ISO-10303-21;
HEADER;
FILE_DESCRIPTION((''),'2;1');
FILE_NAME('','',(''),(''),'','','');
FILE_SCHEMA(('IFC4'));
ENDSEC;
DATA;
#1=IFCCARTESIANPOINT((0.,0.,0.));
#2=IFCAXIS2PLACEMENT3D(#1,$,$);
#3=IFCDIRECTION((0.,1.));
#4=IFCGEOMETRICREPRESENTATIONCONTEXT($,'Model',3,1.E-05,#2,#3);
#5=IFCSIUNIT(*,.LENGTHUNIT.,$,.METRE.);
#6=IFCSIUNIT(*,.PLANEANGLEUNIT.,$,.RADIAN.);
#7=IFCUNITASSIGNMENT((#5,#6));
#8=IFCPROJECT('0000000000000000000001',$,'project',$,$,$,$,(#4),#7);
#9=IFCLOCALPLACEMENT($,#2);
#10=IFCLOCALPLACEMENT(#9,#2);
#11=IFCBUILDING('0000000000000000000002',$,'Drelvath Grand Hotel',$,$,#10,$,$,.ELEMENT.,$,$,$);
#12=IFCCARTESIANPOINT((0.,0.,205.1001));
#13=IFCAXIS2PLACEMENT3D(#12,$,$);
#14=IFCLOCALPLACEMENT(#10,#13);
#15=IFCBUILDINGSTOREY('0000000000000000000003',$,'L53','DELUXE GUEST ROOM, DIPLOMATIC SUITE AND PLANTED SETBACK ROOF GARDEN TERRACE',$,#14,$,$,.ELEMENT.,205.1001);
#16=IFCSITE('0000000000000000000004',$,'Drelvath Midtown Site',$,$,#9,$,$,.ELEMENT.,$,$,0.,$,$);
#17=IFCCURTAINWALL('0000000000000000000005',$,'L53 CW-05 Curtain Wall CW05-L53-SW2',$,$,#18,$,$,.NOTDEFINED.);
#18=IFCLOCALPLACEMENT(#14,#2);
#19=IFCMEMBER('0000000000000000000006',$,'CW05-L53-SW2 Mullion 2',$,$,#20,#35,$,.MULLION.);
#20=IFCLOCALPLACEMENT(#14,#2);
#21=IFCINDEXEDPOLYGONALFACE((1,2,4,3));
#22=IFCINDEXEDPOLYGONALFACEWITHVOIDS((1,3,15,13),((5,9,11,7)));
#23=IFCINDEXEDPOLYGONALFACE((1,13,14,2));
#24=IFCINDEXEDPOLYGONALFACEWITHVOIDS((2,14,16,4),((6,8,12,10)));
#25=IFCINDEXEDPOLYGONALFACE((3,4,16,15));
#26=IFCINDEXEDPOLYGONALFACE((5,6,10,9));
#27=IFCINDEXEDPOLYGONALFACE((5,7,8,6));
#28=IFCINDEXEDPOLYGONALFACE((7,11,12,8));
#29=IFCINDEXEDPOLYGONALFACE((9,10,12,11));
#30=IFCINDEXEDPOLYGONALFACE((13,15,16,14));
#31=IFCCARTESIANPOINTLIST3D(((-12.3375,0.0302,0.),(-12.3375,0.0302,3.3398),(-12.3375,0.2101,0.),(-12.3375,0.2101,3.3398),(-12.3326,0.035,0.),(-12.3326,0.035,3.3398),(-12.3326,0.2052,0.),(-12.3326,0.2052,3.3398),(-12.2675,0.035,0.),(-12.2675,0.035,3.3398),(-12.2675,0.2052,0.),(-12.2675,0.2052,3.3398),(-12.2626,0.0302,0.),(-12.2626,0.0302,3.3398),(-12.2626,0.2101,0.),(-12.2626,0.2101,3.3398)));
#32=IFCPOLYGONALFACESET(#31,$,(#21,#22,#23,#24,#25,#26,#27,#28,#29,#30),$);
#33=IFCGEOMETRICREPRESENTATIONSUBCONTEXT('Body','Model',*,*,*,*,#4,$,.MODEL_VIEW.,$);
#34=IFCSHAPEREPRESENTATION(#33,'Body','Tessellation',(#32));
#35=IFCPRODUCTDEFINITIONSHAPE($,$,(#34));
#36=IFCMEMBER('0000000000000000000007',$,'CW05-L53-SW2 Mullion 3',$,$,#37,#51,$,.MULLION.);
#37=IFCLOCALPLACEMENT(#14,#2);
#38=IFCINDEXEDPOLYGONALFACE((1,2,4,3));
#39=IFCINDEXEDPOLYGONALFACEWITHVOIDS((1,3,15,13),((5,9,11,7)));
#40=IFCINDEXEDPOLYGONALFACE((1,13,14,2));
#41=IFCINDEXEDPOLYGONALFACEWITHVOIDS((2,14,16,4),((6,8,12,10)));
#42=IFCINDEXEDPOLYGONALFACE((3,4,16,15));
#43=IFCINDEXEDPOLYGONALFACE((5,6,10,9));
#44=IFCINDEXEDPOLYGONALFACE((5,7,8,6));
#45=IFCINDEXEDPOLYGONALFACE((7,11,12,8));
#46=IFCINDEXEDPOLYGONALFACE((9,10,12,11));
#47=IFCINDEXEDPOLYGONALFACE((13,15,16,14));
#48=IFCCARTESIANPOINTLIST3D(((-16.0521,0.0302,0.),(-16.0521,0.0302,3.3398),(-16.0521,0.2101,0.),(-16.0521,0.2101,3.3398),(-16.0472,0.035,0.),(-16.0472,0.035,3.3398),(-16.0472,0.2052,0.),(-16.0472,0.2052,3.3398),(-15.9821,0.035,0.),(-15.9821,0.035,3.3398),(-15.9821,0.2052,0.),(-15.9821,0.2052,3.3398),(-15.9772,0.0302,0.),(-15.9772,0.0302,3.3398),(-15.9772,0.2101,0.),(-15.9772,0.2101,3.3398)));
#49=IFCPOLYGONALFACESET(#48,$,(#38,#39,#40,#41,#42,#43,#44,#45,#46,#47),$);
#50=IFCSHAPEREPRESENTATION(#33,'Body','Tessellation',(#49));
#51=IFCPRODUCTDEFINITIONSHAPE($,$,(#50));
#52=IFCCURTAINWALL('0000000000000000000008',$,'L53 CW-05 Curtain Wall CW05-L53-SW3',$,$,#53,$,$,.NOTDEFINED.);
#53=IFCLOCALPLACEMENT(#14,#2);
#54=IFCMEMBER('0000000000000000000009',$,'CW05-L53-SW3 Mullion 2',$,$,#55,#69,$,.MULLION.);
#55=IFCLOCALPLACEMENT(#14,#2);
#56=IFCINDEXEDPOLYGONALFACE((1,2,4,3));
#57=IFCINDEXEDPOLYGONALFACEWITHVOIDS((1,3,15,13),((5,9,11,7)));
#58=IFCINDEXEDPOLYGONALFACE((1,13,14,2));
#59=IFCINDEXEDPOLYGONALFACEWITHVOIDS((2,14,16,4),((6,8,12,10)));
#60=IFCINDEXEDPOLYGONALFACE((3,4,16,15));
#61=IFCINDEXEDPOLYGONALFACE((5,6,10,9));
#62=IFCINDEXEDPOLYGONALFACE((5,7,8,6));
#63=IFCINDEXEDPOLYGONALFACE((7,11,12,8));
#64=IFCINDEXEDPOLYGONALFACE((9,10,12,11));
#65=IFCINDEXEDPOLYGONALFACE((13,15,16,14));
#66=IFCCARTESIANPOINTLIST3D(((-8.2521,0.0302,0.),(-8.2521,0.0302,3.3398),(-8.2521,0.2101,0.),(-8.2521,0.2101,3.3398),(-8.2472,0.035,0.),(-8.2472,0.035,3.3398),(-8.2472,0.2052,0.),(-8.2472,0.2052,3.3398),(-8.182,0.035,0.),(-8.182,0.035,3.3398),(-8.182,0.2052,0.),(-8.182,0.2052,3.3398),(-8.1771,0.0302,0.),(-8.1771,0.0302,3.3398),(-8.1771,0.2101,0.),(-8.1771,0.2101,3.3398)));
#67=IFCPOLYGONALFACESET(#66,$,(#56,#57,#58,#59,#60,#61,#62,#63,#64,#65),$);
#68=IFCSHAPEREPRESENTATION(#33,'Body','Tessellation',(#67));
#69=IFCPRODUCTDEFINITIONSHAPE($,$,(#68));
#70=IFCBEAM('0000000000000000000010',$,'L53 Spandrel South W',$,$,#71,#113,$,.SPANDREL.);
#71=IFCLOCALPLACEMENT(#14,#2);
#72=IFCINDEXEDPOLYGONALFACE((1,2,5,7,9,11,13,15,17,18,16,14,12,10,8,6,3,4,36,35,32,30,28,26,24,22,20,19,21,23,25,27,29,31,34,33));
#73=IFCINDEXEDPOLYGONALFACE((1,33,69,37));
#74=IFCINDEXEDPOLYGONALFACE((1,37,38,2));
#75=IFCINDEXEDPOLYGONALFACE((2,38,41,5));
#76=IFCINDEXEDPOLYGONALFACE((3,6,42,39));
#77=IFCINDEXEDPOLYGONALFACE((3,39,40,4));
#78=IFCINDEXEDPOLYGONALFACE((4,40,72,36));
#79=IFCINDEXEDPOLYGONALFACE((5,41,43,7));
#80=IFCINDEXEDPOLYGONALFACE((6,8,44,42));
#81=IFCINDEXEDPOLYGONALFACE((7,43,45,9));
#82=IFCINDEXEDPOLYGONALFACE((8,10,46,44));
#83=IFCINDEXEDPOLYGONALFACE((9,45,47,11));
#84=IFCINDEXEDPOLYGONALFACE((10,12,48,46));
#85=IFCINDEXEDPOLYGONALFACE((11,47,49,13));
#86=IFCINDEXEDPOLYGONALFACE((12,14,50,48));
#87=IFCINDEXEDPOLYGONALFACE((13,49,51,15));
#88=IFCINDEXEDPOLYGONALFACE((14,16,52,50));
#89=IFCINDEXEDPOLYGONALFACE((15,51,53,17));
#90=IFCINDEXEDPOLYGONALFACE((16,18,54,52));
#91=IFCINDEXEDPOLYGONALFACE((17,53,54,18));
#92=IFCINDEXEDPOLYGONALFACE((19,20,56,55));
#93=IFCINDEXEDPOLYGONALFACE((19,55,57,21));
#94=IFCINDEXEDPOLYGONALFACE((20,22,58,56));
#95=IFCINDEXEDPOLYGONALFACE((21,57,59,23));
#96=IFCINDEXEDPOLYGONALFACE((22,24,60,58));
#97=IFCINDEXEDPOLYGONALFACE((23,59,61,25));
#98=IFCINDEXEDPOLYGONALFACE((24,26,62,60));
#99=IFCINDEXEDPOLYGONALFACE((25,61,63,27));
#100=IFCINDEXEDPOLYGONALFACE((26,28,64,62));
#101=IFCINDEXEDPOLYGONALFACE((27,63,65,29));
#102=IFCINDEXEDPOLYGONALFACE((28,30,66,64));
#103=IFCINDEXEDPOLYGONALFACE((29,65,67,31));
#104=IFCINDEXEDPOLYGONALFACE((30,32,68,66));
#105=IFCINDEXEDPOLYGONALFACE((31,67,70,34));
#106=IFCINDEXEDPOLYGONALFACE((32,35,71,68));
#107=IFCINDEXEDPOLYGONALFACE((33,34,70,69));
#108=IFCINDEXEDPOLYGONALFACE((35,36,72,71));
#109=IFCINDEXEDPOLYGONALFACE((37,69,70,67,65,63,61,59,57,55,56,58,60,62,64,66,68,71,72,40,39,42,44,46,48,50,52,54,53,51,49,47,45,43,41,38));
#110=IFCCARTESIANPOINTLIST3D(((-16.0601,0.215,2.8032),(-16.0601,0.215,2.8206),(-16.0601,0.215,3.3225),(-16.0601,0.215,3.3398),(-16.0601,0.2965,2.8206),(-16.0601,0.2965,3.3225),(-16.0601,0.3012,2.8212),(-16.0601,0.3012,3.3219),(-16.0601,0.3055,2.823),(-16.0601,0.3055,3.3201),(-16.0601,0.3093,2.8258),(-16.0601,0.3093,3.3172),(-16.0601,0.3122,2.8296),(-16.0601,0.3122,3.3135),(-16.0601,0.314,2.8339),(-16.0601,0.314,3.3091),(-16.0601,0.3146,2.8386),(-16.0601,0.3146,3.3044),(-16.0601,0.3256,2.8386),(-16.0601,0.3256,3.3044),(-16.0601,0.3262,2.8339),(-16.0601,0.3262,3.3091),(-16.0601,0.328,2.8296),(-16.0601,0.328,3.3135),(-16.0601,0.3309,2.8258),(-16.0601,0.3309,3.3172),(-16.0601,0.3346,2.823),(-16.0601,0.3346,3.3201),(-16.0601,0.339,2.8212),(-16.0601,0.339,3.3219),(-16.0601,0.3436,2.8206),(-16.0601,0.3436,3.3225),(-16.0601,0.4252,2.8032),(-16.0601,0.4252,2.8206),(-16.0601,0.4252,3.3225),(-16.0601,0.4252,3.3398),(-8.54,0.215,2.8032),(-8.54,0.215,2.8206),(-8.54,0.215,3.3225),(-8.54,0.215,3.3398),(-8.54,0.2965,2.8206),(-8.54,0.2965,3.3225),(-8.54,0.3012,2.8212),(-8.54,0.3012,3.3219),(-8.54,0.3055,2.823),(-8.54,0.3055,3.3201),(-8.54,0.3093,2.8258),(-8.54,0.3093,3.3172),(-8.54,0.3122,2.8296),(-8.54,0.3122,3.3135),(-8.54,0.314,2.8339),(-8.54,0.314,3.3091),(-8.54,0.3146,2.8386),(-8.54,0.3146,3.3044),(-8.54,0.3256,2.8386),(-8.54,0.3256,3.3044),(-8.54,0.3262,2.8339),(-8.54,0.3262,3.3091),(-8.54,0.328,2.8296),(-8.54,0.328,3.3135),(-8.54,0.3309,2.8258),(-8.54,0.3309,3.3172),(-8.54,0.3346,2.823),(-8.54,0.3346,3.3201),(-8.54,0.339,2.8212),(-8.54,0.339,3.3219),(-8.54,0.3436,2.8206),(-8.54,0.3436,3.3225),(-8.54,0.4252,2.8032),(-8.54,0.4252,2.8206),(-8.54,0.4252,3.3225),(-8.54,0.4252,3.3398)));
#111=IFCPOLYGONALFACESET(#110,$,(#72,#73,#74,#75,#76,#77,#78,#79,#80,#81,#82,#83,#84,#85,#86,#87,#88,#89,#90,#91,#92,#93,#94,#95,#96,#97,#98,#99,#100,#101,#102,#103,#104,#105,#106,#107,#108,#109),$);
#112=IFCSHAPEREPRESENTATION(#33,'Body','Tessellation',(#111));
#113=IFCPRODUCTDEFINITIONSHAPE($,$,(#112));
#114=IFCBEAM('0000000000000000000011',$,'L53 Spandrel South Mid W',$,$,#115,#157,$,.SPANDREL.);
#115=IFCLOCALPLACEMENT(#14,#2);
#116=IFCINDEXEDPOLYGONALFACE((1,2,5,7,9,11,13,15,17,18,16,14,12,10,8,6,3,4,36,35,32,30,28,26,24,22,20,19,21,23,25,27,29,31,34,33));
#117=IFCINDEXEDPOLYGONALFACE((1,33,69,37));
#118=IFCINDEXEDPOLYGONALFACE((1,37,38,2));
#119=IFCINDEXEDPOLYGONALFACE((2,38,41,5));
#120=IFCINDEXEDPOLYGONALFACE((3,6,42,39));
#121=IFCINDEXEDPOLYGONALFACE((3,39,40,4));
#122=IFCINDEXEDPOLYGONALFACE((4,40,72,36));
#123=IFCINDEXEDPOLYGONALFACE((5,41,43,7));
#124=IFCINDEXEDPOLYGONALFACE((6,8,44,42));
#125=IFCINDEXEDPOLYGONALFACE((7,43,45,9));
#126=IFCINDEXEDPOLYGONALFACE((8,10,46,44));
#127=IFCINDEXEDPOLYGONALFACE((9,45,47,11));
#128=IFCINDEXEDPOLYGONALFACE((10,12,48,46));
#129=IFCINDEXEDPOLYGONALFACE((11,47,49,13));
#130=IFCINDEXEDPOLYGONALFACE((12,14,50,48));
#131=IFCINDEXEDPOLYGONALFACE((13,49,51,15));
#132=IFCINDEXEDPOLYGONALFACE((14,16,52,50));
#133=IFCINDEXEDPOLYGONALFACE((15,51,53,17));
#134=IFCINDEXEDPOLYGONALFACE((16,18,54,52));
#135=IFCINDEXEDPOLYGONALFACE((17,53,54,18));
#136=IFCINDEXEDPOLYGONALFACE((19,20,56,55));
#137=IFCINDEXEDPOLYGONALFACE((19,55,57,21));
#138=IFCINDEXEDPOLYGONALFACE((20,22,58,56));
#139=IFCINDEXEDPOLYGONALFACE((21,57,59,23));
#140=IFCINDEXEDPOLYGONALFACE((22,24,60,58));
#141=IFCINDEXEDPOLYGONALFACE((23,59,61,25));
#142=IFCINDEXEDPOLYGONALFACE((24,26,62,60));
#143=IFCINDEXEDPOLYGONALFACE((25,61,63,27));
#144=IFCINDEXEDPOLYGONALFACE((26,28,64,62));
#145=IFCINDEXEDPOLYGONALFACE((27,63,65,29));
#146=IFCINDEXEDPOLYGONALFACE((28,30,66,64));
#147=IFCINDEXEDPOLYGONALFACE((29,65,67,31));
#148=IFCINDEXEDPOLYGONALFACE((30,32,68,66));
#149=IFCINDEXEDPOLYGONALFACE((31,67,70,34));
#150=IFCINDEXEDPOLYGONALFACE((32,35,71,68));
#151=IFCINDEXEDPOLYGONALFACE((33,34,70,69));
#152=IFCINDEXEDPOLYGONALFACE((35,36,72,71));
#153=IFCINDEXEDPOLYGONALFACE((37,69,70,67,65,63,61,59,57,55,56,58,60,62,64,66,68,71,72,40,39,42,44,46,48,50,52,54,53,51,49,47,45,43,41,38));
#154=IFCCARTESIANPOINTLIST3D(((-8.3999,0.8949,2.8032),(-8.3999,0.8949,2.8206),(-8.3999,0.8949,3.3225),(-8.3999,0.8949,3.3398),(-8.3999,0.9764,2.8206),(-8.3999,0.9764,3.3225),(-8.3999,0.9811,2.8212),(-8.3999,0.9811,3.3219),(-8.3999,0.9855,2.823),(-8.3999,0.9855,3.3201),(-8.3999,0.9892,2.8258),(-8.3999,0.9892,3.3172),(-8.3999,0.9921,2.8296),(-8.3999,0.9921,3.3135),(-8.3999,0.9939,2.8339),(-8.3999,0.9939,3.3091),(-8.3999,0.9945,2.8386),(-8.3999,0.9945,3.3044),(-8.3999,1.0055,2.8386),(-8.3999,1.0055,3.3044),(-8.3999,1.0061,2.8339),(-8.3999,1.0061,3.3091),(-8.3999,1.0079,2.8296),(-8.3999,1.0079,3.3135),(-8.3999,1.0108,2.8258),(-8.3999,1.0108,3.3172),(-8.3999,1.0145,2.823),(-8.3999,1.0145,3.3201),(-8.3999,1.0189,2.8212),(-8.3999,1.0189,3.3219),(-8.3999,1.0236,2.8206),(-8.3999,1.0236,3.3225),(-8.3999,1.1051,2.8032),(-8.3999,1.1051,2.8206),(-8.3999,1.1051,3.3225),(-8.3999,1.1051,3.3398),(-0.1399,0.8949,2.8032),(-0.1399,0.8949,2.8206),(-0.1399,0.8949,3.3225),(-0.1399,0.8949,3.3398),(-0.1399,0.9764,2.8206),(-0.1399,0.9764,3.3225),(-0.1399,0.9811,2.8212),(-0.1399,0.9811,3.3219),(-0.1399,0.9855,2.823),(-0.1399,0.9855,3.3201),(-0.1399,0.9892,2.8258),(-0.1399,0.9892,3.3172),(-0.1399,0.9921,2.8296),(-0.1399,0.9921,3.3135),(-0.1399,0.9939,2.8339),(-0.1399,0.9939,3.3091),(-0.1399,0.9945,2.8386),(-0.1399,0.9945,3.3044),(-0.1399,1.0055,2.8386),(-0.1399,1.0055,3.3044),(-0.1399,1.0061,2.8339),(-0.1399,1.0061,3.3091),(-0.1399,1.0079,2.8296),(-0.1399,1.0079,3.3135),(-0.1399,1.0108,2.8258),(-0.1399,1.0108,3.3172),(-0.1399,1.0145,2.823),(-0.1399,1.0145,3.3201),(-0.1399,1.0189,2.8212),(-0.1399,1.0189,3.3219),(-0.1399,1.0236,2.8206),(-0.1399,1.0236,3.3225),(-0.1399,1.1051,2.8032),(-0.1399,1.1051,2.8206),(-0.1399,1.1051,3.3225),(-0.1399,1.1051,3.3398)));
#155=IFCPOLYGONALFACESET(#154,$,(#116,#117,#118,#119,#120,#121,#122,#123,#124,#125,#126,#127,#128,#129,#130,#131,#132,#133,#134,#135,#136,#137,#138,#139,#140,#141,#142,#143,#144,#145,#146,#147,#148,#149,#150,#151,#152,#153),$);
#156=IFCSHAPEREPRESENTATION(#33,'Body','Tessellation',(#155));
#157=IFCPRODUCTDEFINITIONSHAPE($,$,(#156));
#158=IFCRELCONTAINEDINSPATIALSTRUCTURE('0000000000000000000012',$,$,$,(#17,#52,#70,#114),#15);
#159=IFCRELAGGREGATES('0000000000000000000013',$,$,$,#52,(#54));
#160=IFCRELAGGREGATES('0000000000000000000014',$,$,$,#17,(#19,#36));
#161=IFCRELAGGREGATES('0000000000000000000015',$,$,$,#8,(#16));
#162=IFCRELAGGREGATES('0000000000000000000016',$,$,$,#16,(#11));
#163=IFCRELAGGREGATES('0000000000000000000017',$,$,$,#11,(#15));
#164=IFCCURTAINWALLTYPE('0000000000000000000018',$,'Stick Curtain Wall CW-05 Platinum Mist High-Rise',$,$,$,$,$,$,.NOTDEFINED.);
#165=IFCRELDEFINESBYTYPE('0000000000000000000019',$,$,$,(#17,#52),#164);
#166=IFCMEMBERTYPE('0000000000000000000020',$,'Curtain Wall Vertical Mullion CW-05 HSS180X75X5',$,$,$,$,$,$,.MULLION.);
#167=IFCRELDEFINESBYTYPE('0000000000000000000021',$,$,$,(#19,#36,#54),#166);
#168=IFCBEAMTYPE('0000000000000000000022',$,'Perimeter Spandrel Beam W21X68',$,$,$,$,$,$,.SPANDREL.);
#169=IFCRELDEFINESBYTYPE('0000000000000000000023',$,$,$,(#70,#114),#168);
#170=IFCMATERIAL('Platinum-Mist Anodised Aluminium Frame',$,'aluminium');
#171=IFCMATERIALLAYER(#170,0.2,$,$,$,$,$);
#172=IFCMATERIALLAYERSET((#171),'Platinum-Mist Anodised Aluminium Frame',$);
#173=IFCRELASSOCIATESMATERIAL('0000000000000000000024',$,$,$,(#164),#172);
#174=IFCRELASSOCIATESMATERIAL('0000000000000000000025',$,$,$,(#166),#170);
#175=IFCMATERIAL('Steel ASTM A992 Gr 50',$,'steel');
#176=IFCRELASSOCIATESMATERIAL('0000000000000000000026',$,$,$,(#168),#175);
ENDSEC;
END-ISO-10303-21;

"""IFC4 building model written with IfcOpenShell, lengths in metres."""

from ifc_helpers import new_model, si_unit, direction, frame, origin, origin_2d, place, context, subcontext, project, spatial, hollow_rectangle, i_section, extrude, material, layer, layer_set, material_profile, profile_set, type_object, element, aggregate, save


model = new_model("IFC4")

# Units and contexts
model_context = context("Model", 3, precision=1e-05, world=origin(), true_north=direction((0.0, 1.0)))
body_context = subcontext(model_context, "Body", "Model", "MODEL_VIEW")
ifc_project = project(units=[si_unit("LENGTHUNIT", "METRE"), si_unit("PLANEANGLEUNIT", "RADIAN")], contexts=[model_context])

# Site, building, storey
site_placement = place(None, origin())
site = spatial("IfcSite", under=ifc_project, at=site_placement, Name="Drelvath Midtown Site", CompositionType="ELEMENT", RefElevation=0.0)
building_placement = place(site_placement, origin())
building = spatial("IfcBuilding", under=site, at=building_placement, Name="Drelvath Grand Hotel", CompositionType="ELEMENT")
storey_placement = place(building_placement, frame((0.0, 0.0, 205.1001)))
storey = spatial("IfcBuildingStorey", under=building, at=storey_placement, Name="L53", Description="DELUXE GUEST ROOM, DIPLOMATIC SUITE AND PLANTED SETBACK ROOF GARDEN TERRACE", CompositionType="ELEMENT", Elevation=205.1001)

# Curtain wall
ifc_material_1 = material(Name="Platinum-Mist Anodised Aluminium Frame", Category="aluminium")
ifc_layer_1 = layer(ifc_material_1, 0.2)
ifc_layer_set_1 = layer_set([ifc_layer_1], Name="Platinum-Mist Anodised Aluminium Frame")
curtain_wall_type = type_object("IfcCurtainWallType", Name="Stick Curtain Wall CW-05 Platinum Mist High-Rise", PredefinedType="NOTDEFINED", material=ifc_layer_set_1)
curtain_wall_1_placement = place(storey_placement, origin())
curtain_wall_1 = element("IfcCurtainWall", 1, at=curtain_wall_1_placement, inside=storey, type_object=curtain_wall_type, Name="L53 CW-05 Curtain Wall CW05-L53-SW2", PredefinedType="NOTDEFINED")

# Members
ifc_material_profile_1 = material_profile(ifc_material_1, hollow_rectangle(XDim=0.075, YDim=0.1799, WallThickness=0.0049, at=origin_2d()), Name="HSS180X75X5")
ifc_profile_set_1 = profile_set([ifc_material_profile_1], Name="Platinum-Mist Anodised Aluminium Frame")
member_type_1 = type_object("IfcMemberType", Name="Curtain Wall Vertical Mullion CW-05 HSS180X75X5", PredefinedType="MULLION", material=ifc_profile_set_1)
member_1_placement = place(storey_placement, frame((-12.3, 0.1201, 0.0), z_axis=(0.0, 0.0, 1.0), x_axis=(1.0, 0.0, 0.0)))
member_1 = element("IfcMember", 2, at=member_1_placement, type_object=member_type_1, Name="CW05-L53-SW2 Mullion 2", PredefinedType="MULLION", context=body_context, shape_type="SweptSolid", body=[
    extrude(hollow_rectangle(XDim=0.075, YDim=0.1799, WallThickness=0.0049, at=origin_2d()), origin(), (0.0, 0.0, 1.0), 3.3398),
])
member_2_placement = place(storey_placement, frame((-16.0146, 0.1201, 0.0), z_axis=(0.0, 0.0, 1.0), x_axis=(1.0, 0.0, 0.0)))
member_2 = element("IfcMember", 3, at=member_2_placement, type_object=member_type_1, Name="CW05-L53-SW2 Mullion 3", PredefinedType="MULLION", context=body_context, shape_type="SweptSolid", body=[
    extrude(hollow_rectangle(XDim=0.075, YDim=0.1799, WallThickness=0.0049, at=origin_2d()), origin(), (0.0, 0.0, 1.0), 3.3398),
])

# Curtain wall, member
curtain_wall_2_placement = place(storey_placement, origin())
curtain_wall_2 = element("IfcCurtainWall", 4, at=curtain_wall_2_placement, inside=storey, type_object=curtain_wall_type, Name="L53 CW-05 Curtain Wall CW05-L53-SW3", PredefinedType="NOTDEFINED")
member_3_placement = place(storey_placement, frame((-8.2146, 0.1201, 0.0), z_axis=(0.0, 0.0, 1.0), x_axis=(1.0, 0.0, 0.0)))
member_3 = element("IfcMember", 5, at=member_3_placement, type_object=member_type_1, Name="CW05-L53-SW3 Mullion 2", PredefinedType="MULLION", context=body_context, shape_type="SweptSolid", body=[
    extrude(hollow_rectangle(XDim=0.075, YDim=0.1799, WallThickness=0.0049, at=origin_2d()), origin(), (0.0, 0.0, 1.0), 3.3398),
])
aggregate(curtain_wall_2, [member_3])

# Beams
ifc_material_2 = material(Name="Steel ASTM A992 Gr 50", Category="steel")
ifc_material_profile_2 = material_profile(ifc_material_2, i_section(OverallWidth=0.2102, OverallDepth=0.5366, WebThickness=0.011, FlangeThickness=0.0173, FilletRadius=0.0181, at=origin_2d()), Name="W21X68")
ifc_profile_set_2 = profile_set([ifc_material_profile_2], Name="Steel ASTM A992 Gr 50")
beam_type_1 = type_object("IfcBeamType", Name="Perimeter Spandrel Beam W21X68", PredefinedType="SPANDREL", material=ifc_profile_set_2)
beam_1_placement = place(storey_placement, frame((-16.0601, 0.3201, 3.0715), z_axis=(1.0, 0.0, 0.0), x_axis=(0.0, 1.0, 0.0)))
element("IfcBeam", 6, at=beam_1_placement, inside=storey, type_object=beam_type_1, Name="L53 Spandrel South W", PredefinedType="SPANDREL", context=body_context, shape_type="SweptSolid", body=[
    extrude(i_section(OverallWidth=0.2102, OverallDepth=0.5366, WebThickness=0.011, FlangeThickness=0.0173, FilletRadius=0.0181, at=origin_2d()), origin(), (0.0, 0.0, 1.0), 7.52),
])
beam_2_placement = place(storey_placement, frame((-8.3999, 1.0, 3.0715), z_axis=(1.0, 0.0, 0.0), x_axis=(0.0, 1.0, 0.0)))
element("IfcBeam", 7, at=beam_2_placement, inside=storey, type_object=beam_type_1, Name="L53 Spandrel South Mid W", PredefinedType="SPANDREL", context=body_context, shape_type="SweptSolid", body=[
    extrude(i_section(OverallWidth=0.2102, OverallDepth=0.5366, WebThickness=0.011, FlangeThickness=0.0173, FilletRadius=0.0181, at=origin_2d()), origin(), (0.0, 0.0, 1.0), 8.26),
])

aggregate(curtain_wall_1, [member_1, member_2])

save(model, "model.ifc")
